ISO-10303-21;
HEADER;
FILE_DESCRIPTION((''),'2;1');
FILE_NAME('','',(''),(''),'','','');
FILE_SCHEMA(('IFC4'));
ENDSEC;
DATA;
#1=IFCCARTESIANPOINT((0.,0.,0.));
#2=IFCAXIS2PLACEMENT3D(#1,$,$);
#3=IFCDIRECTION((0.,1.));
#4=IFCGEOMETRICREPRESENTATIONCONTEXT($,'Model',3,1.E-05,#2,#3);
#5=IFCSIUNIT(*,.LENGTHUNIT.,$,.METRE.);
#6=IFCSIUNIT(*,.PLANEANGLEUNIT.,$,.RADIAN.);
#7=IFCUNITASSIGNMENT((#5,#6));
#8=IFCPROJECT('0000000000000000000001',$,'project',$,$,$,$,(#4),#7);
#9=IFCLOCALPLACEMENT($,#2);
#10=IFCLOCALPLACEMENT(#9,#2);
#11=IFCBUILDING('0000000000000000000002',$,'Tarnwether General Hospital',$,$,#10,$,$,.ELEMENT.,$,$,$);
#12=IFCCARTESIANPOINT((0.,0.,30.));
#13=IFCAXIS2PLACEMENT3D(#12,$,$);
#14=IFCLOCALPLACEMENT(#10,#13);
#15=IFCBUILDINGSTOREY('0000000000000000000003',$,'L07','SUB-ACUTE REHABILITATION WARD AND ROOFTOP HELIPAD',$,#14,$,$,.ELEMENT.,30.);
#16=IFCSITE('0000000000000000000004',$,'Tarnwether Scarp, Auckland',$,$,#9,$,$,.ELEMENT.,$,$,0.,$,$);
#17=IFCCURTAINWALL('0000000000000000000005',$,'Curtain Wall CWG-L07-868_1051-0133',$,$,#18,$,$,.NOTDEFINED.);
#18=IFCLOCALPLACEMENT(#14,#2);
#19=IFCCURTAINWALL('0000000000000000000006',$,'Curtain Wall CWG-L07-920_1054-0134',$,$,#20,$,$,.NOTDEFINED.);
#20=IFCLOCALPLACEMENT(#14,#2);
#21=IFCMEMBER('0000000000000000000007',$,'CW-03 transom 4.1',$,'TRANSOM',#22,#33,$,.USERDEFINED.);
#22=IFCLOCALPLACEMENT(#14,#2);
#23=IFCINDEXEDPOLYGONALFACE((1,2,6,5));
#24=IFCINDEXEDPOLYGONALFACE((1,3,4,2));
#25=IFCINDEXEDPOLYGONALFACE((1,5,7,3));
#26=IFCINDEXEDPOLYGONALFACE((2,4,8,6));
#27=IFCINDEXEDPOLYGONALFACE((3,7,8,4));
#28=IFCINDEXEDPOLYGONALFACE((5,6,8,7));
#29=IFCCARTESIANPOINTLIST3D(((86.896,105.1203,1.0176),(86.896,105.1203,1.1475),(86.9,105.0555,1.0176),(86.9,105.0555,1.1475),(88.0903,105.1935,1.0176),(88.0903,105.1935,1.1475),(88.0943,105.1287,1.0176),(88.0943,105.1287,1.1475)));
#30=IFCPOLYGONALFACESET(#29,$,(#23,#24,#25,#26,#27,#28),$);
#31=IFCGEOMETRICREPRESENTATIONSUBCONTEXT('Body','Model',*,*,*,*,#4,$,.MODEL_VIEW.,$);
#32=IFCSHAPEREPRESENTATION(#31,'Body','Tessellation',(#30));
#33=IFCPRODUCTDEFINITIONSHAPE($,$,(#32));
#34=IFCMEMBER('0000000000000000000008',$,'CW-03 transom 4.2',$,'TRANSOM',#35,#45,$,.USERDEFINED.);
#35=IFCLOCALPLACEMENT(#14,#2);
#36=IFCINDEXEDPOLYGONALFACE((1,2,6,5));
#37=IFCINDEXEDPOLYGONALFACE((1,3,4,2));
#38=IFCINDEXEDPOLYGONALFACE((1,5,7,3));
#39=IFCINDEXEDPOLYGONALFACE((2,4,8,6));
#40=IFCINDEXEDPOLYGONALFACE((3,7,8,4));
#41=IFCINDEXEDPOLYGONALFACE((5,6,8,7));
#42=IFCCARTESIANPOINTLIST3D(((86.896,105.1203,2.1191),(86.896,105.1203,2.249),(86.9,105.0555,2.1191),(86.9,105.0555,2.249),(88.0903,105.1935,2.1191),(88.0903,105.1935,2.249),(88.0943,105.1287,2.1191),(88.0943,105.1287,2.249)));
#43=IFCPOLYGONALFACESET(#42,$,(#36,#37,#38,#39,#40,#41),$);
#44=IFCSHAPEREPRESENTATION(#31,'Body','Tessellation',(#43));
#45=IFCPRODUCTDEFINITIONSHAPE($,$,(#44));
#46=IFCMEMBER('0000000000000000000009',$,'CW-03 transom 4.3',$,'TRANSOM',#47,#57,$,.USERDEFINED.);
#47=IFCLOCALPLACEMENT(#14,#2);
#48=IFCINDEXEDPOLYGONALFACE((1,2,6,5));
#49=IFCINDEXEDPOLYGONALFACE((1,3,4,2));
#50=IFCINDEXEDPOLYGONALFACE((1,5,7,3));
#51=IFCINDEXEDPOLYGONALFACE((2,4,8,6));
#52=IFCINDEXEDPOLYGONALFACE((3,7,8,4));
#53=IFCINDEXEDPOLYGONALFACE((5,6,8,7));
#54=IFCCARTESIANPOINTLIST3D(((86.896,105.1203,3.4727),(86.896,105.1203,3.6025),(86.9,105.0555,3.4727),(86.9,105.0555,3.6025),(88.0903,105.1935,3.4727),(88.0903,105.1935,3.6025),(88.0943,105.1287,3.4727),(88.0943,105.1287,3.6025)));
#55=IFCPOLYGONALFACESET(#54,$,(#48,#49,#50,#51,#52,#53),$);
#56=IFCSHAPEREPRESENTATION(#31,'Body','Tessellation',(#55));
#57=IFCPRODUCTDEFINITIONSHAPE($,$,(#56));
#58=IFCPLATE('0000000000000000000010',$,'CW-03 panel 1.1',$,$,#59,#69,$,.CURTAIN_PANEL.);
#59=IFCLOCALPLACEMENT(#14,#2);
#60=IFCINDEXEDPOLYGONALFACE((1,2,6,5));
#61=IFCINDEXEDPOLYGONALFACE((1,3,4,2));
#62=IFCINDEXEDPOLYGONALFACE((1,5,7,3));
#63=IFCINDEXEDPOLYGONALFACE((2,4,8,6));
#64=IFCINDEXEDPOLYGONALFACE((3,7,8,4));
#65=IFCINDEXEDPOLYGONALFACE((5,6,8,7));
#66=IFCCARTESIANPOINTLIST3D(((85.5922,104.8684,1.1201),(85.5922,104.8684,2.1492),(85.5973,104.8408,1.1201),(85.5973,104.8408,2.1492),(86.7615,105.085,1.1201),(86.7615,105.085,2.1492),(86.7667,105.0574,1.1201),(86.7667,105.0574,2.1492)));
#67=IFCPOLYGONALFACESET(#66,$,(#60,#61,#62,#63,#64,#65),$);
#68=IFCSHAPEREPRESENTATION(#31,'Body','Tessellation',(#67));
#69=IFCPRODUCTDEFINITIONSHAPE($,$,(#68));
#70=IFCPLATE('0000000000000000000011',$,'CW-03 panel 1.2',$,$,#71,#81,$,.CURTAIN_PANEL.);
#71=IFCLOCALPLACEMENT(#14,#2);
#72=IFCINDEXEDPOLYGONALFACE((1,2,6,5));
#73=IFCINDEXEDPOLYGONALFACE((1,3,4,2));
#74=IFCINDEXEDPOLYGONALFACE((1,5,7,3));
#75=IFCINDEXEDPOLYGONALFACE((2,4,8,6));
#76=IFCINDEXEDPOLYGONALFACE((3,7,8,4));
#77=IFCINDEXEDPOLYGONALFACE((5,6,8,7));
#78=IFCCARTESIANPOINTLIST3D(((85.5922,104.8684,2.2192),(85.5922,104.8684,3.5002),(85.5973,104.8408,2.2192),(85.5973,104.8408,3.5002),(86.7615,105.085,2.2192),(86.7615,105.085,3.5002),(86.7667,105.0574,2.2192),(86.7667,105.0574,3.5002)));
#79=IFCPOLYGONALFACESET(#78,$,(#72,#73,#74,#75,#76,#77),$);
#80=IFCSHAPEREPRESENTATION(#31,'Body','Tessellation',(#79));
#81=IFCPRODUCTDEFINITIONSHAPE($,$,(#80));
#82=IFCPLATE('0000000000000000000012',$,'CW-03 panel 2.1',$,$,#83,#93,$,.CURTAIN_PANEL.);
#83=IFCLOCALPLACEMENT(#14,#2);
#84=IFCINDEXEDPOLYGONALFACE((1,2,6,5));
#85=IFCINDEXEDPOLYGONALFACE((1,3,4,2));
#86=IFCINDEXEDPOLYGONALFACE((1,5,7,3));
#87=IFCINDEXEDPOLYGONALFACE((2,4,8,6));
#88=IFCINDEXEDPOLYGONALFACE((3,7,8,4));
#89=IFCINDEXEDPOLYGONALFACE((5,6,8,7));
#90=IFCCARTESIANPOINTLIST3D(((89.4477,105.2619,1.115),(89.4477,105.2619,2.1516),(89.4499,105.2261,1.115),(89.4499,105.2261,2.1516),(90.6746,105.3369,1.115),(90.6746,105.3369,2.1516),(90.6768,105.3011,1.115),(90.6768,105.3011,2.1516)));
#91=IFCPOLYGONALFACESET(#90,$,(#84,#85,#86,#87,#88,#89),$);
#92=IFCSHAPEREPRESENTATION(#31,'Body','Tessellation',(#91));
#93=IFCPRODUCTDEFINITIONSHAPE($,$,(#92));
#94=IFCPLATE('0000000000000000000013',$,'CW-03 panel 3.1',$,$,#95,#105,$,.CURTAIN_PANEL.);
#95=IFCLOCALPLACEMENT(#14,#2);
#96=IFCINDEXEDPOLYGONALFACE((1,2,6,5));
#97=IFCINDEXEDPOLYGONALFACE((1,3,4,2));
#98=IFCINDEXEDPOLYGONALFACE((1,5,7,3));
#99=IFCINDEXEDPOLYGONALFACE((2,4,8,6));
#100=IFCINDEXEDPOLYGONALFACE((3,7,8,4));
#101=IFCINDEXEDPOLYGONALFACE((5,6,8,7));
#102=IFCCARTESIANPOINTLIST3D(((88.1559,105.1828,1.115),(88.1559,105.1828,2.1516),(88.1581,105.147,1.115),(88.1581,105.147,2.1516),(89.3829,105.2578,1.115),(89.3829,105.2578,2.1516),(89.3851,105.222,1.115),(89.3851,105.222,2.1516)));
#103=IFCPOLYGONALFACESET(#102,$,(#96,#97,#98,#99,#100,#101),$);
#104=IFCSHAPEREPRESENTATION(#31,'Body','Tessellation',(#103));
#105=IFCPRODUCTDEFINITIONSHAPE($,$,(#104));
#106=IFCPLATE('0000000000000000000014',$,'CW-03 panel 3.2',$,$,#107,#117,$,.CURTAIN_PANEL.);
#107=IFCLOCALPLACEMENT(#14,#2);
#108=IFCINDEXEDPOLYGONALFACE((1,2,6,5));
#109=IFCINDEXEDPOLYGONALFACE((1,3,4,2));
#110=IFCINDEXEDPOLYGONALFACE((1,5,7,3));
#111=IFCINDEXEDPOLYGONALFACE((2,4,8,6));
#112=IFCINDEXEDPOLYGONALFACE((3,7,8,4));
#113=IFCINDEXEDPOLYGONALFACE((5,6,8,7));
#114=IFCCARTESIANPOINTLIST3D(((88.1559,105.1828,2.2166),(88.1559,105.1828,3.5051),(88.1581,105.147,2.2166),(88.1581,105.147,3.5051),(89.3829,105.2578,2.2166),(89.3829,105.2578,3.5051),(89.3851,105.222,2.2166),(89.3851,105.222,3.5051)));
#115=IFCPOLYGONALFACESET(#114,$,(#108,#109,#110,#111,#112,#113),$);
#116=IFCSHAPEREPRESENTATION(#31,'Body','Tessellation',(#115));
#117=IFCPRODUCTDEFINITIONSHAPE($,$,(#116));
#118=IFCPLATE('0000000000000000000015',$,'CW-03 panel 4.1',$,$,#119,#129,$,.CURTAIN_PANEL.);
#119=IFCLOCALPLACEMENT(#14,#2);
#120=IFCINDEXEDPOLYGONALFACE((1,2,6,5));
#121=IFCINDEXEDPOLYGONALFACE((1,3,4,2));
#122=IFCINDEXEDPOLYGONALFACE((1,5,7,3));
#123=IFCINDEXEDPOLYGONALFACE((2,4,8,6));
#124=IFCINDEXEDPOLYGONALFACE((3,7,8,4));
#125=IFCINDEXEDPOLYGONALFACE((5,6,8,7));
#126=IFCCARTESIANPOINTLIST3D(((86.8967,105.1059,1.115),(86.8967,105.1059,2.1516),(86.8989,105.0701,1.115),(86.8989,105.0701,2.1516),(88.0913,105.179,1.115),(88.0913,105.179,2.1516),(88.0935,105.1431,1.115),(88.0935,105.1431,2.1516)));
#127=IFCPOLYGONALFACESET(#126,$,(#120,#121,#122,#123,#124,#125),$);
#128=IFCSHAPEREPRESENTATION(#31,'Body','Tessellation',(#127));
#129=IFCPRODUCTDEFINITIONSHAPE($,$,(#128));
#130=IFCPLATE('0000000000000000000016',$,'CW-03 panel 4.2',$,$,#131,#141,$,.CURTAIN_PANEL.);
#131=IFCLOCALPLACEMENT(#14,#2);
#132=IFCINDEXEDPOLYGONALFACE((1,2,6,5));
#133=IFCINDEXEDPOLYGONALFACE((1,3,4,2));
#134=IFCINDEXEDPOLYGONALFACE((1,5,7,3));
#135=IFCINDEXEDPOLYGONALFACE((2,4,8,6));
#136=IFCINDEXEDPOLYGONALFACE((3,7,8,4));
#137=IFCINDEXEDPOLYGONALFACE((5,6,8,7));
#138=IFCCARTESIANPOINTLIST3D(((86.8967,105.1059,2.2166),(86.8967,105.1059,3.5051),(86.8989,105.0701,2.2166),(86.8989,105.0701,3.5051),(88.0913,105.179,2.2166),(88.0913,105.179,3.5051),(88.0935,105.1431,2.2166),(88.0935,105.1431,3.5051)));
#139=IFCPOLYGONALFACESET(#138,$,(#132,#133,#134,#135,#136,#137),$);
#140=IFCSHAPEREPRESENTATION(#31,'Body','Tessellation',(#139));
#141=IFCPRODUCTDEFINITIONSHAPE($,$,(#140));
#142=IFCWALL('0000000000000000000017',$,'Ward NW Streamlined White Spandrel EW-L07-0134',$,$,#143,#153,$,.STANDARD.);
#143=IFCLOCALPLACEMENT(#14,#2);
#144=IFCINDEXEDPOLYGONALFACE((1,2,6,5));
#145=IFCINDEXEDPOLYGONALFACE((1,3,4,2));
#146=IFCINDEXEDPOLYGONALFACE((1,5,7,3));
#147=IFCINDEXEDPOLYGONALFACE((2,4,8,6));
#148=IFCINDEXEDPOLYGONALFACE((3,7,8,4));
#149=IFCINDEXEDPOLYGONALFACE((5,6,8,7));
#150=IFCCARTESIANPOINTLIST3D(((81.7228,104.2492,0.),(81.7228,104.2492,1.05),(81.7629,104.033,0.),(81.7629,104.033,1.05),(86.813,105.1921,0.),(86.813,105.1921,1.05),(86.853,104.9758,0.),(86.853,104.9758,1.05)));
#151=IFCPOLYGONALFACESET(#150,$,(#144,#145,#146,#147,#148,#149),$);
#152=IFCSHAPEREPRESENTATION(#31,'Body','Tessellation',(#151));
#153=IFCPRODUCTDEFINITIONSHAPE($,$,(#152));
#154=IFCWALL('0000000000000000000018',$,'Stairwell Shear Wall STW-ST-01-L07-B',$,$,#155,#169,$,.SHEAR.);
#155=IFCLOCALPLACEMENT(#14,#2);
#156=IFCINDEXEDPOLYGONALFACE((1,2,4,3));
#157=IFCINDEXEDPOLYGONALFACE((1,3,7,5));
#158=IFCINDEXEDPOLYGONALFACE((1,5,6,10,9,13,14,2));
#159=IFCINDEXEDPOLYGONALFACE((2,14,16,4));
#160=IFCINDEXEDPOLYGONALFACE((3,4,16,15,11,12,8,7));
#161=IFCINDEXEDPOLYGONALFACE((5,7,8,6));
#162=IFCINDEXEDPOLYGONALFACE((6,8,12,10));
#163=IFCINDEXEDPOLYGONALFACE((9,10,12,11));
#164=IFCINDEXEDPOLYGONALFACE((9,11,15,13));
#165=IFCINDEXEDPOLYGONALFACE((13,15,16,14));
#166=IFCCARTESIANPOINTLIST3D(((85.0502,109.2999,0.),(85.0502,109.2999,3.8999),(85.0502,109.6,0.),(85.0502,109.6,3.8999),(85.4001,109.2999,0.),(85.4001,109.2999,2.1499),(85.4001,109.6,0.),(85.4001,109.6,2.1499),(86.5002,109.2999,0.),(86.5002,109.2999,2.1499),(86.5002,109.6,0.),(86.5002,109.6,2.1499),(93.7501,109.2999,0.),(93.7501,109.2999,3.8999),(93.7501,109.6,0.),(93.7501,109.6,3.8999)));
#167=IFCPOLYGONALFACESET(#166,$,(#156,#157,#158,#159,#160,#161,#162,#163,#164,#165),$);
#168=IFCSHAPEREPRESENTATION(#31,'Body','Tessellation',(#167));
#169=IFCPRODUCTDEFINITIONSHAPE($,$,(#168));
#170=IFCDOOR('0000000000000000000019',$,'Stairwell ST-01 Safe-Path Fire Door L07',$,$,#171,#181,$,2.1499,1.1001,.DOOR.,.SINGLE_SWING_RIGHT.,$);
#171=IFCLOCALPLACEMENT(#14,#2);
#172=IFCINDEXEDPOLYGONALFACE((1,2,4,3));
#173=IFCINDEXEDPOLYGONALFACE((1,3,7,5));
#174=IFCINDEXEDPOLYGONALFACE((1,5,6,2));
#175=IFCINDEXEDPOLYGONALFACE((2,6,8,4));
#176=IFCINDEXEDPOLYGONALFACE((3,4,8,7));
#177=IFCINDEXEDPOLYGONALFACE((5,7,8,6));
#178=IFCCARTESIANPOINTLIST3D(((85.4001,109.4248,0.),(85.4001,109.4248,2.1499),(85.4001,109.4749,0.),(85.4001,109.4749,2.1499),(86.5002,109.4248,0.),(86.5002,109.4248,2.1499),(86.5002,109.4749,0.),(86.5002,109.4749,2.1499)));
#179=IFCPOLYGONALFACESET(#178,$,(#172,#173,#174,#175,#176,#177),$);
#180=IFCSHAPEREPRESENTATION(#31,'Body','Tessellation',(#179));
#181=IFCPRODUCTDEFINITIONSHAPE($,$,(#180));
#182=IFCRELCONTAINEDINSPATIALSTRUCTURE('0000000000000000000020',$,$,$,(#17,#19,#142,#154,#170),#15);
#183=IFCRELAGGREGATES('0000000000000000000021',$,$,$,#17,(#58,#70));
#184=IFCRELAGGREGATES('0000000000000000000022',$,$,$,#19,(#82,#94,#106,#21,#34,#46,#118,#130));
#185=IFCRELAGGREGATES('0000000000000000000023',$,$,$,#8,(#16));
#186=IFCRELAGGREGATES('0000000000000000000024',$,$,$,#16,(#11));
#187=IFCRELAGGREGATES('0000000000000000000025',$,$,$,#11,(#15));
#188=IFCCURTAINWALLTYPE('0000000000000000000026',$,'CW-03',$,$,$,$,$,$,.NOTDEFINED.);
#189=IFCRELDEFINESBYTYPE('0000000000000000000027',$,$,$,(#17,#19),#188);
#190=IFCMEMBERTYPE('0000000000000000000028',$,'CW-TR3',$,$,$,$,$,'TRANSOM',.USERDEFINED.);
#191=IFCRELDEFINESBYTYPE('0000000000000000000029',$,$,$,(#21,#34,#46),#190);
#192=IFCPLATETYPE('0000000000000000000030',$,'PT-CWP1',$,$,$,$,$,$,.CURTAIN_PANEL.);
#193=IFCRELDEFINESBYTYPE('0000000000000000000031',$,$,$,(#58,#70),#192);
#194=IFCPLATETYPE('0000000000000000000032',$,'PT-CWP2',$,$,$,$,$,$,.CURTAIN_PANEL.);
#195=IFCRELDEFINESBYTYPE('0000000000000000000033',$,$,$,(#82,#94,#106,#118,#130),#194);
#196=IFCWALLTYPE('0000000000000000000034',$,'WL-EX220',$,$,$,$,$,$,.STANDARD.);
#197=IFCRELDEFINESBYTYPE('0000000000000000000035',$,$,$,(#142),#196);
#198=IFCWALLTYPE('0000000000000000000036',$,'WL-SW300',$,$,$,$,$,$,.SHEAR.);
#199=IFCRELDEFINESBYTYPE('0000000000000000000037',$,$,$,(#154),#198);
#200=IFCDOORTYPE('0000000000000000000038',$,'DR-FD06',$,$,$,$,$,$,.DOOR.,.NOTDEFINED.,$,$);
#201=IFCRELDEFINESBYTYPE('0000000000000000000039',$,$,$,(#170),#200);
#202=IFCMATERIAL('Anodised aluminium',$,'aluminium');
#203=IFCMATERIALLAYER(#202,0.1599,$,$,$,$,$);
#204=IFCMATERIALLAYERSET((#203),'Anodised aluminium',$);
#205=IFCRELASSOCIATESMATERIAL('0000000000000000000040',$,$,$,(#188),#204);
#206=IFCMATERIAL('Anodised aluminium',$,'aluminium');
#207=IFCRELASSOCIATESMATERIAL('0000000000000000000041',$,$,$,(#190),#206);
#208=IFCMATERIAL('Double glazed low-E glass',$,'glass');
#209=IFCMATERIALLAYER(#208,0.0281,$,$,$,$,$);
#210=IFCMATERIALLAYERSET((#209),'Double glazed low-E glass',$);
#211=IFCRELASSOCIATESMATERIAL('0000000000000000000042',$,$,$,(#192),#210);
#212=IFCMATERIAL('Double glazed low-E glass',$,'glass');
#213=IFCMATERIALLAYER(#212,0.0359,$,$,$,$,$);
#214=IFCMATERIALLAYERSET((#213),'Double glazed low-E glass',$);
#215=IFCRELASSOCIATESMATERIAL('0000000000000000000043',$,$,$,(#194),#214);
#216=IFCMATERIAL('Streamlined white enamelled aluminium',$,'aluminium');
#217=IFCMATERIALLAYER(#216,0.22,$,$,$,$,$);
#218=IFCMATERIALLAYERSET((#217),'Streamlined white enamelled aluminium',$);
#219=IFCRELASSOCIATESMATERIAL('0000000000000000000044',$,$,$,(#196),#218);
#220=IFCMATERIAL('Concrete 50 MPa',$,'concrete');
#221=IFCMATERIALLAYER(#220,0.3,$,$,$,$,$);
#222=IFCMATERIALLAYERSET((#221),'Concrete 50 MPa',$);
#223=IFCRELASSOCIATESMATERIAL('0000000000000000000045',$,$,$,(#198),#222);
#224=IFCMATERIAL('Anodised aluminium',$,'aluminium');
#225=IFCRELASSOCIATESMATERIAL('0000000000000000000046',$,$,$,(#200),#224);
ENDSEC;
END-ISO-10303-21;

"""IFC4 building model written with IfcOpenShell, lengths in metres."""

from ifc_helpers import new_model, si_unit, direction, frame, frame_2d, origin, origin_2d, place, context, subcontext, project, spatial, rectangle, extrude, material, layer, layer_set, material_profile, profile_set, type_object, element, fill, aggregate, save


model = new_model("IFC4")

# Units and contexts
model_context = context("Model", 3, precision=1e-05, world=origin(), true_north=direction((0.0, 1.0)))
body_context = subcontext(model_context, "Body", "Model", "MODEL_VIEW")
ifc_project = project(units=[si_unit("LENGTHUNIT", "METRE"), si_unit("PLANEANGLEUNIT", "RADIAN")], contexts=[model_context])

# Site, building, storey
site_placement = place(None, origin())
site = spatial("IfcSite", under=ifc_project, at=site_placement, Name="Tarnwether Scarp, Auckland", CompositionType="ELEMENT", RefElevation=0.0)
building_placement = place(site_placement, origin())
building = spatial("IfcBuilding", under=site, at=building_placement, Name="Tarnwether General Hospital", CompositionType="ELEMENT")
storey_placement = place(building_placement, frame((0.0, 0.0, 30.0)))
storey = spatial("IfcBuildingStorey", under=building, at=storey_placement, Name="L07", Description="SUB-ACUTE REHABILITATION WARD AND ROOFTOP HELIPAD", CompositionType="ELEMENT", Elevation=30.0)

# Curtain wall
ifc_material_1 = material(Name="Anodised aluminium", Category="aluminium")
ifc_layer_1 = layer(ifc_material_1, 0.1599)
ifc_layer_set_1 = layer_set([ifc_layer_1], Name="Anodised aluminium")
curtain_wall_type = type_object("IfcCurtainWallType", Name="CW-03", PredefinedType="NOTDEFINED", material=ifc_layer_set_1)
curtain_wall_1_placement = place(storey_placement, origin())
curtain_wall_1 = element("IfcCurtainWall", 1, at=curtain_wall_1_placement, inside=storey, type_object=curtain_wall_type, Name="Curtain Wall CWG-L07-868_1051-0133", PredefinedType="NOTDEFINED")

# Curtain wall
curtain_wall_2_placement = place(storey_placement, origin())
curtain_wall_2 = element("IfcCurtainWall", 2, at=curtain_wall_2_placement, inside=storey, type_object=curtain_wall_type, Name="Curtain Wall CWG-L07-920_1054-0134", PredefinedType="NOTDEFINED")

# Members
ifc_material_2 = material(Name="Anodised aluminium", Category="aluminium")
ifc_material_profile_1 = material_profile(ifc_material_2, rectangle(XDim=0.0649, YDim=0.1299, at=origin_2d()), Name="ALU-TRN-65x130")
ifc_profile_set_1 = profile_set([ifc_material_profile_1], Name="Anodised aluminium")
member_type_1 = type_object("IfcMemberType", Name="CW-TR3", ElementType="TRANSOM", PredefinedType="USERDEFINED", material=ifc_profile_set_1)
member_1_placement = place(storey_placement, frame((88.0923, 105.1611, 1.0825), z_axis=(-0.998125, -0.06121, 0.0), x_axis=(0.06121, -0.998125, 0.0)))
member_1 = element("IfcMember", 3, at=member_1_placement, type_object=member_type_1, Name="CW-03 transom 4.1", ObjectType="TRANSOM", PredefinedType="USERDEFINED", context=body_context, shape_type="SweptSolid", body=[
    extrude(rectangle(XDim=0.0649, YDim=0.1299, at=origin_2d()), origin(), (0.0, 0.0, 1.0), 1.1965),
])
member_2_placement = place(storey_placement, frame((88.0923, 105.1611, 2.1841), z_axis=(-0.998125, -0.06121, 0.0), x_axis=(0.06121, -0.998125, 0.0)))
member_2 = element("IfcMember", 4, at=member_2_placement, type_object=member_type_1, Name="CW-03 transom 4.2", ObjectType="TRANSOM", PredefinedType="USERDEFINED", context=body_context, shape_type="SweptSolid", body=[
    extrude(rectangle(XDim=0.0649, YDim=0.1299, at=origin_2d()), origin(), (0.0, 0.0, 1.0), 1.1965),
])
member_3_placement = place(storey_placement, frame((88.0923, 105.1611, 3.5376), z_axis=(-0.998125, -0.06121, 0.0), x_axis=(0.06121, -0.998125, 0.0)))
member_3 = element("IfcMember", 5, at=member_3_placement, type_object=member_type_1, Name="CW-03 transom 4.3", ObjectType="TRANSOM", PredefinedType="USERDEFINED", context=body_context, shape_type="SweptSolid", body=[
    extrude(rectangle(XDim=0.0649, YDim=0.1299, at=origin_2d()), origin(), (0.0, 0.0, 1.0), 1.1965),
])

# Plates
ifc_material_3 = material(Name="Double glazed low-E glass", Category="glass")
ifc_layer_2 = layer(ifc_material_3, 0.0281)
ifc_layer_set_2 = layer_set([ifc_layer_2], Name="Double glazed low-E glass")
plate_type_1 = type_object("IfcPlateType", Name="PT-CWP1", PredefinedType="CURTAIN_PANEL", material=ifc_layer_set_2)
plate_1_placement = place(storey_placement, frame((86.1794, 104.9629, 1.1201), z_axis=(0.0, 0.0, 1.0), x_axis=(-0.983268, -0.182165, 0.0)))
plate_1 = element("IfcPlate", 6, at=plate_1_placement, type_object=plate_type_1, Name="CW-03 panel 1.1", PredefinedType="CURTAIN_PANEL", context=body_context, shape_type="SweptSolid", body=[
    extrude(rectangle(XDim=1.1892, YDim=0.0281, at=origin_2d()), origin(), (0.0, 0.0, 1.0), 1.0291),
])
plate_2_placement = place(storey_placement, frame((86.1794, 104.9629, 2.2192), z_axis=(0.0, 0.0, 1.0), x_axis=(-0.983268, -0.182165, 0.0)))
plate_2 = element("IfcPlate", 7, at=plate_2_placement, type_object=plate_type_1, Name="CW-03 panel 1.2", PredefinedType="CURTAIN_PANEL", context=body_context, shape_type="SweptSolid", body=[
    extrude(rectangle(XDim=1.1892, YDim=0.0281, at=origin_2d()), origin(), (0.0, 0.0, 1.0), 1.281),
])
aggregate(curtain_wall_1, [plate_1, plate_2])
ifc_material_4 = material(Name="Double glazed low-E glass", Category="glass")
ifc_layer_3 = layer(ifc_material_4, 0.0359)
ifc_layer_set_3 = layer_set([ifc_layer_3], Name="Double glazed low-E glass")
plate_type_2 = type_object("IfcPlateType", Name="PT-CWP2", PredefinedType="CURTAIN_PANEL", material=ifc_layer_set_3)
plate_3_placement = place(storey_placement, frame((90.0623, 105.2815, 1.115), z_axis=(0.0, 0.0, 1.0), x_axis=(-0.998135, -0.061043, 0.0)))
plate_3 = element("IfcPlate", 8, at=plate_3_placement, type_object=plate_type_2, Name="CW-03 panel 2.1", PredefinedType="CURTAIN_PANEL", context=body_context, shape_type="SweptSolid", body=[
    extrude(rectangle(XDim=1.2292, YDim=0.0359, at=origin_2d()), origin(), (0.0, 0.0, 1.0), 1.0366),
])
plate_4_placement = place(storey_placement, frame((88.7705, 105.2024, 1.115), z_axis=(0.0, 0.0, 1.0), x_axis=(-0.998135, -0.061043, 0.0)))
plate_4 = element("IfcPlate", 9, at=plate_4_placement, type_object=plate_type_2, Name="CW-03 panel 3.1", PredefinedType="CURTAIN_PANEL", context=body_context, shape_type="SweptSolid", body=[
    extrude(rectangle(XDim=1.2292, YDim=0.0359, at=origin_2d()), origin(), (0.0, 0.0, 1.0), 1.0366),
])
plate_5_placement = place(storey_placement, frame((88.7705, 105.2024, 2.2166), z_axis=(0.0, 0.0, 1.0), x_axis=(-0.998135, -0.061043, 0.0)))
plate_5 = element("IfcPlate", 10, at=plate_5_placement, type_object=plate_type_2, Name="CW-03 panel 3.2", PredefinedType="CURTAIN_PANEL", context=body_context, shape_type="SweptSolid", body=[
    extrude(rectangle(XDim=1.2292, YDim=0.0359, at=origin_2d()), origin(), (0.0, 0.0, 1.0), 1.2886),
])
plate_6_placement = place(storey_placement, frame((87.4951, 105.1245, 1.115), z_axis=(0.0, 0.0, 1.0), x_axis=(-0.998135, -0.061043, 0.0)))
plate_6 = element("IfcPlate", 11, at=plate_6_placement, type_object=plate_type_2, Name="CW-03 panel 4.1", PredefinedType="CURTAIN_PANEL", context=body_context, shape_type="SweptSolid", body=[
    extrude(rectangle(XDim=1.1968, YDim=0.0359, at=origin_2d()), origin(), (0.0, 0.0, 1.0), 1.0366),
])
plate_7_placement = place(storey_placement, frame((87.4951, 105.1245, 2.2166), z_axis=(0.0, 0.0, 1.0), x_axis=(-0.998135, -0.061043, 0.0)))
plate_7 = element("IfcPlate", 12, at=plate_7_placement, type_object=plate_type_2, Name="CW-03 panel 4.2", PredefinedType="CURTAIN_PANEL", context=body_context, shape_type="SweptSolid", body=[
    extrude(rectangle(XDim=1.1968, YDim=0.0359, at=origin_2d()), origin(), (0.0, 0.0, 1.0), 1.2886),
])
aggregate(curtain_wall_2, [plate_3, plate_4, plate_5, member_1, member_2, member_3, plate_6, plate_7])

# Wall
ifc_material_5 = material(Name="Streamlined white enamelled aluminium", Category="aluminium")
ifc_layer_4 = layer(ifc_material_5, 0.22)
ifc_layer_set_4 = layer_set([ifc_layer_4], Name="Streamlined white enamelled aluminium")
wall_type_1 = type_object("IfcWallType", Name="WL-EX220", PredefinedType="STANDARD", material=ifc_layer_set_4)
wall_1_placement = place(storey_placement, frame((86.833, 105.084, 0.0), z_axis=(0.0, 0.0, 1.0), x_axis=(-0.983273, -0.182138, 0.0)))
element("IfcWall", 13, at=wall_1_placement, inside=storey, type_object=wall_type_1, Name="Ward NW Streamlined White Spandrel EW-L07-0134", PredefinedType="STANDARD", context=body_context, shape_type="SweptSolid", body=[
    extrude(rectangle(XDim=5.1768, YDim=0.22, at=frame_2d((2.5884, 0.0))), origin(), (0.0, 0.0, 1.0), 1.05),
])

# Wall, opening, door
ifc_material_6 = material(Name="Concrete 50 MPa", Category="concrete")
ifc_layer_5 = layer(ifc_material_6, 0.3)
ifc_layer_set_5 = layer_set([ifc_layer_5], Name="Concrete 50 MPa")
wall_type_2 = type_object("IfcWallType", Name="WL-SW300", PredefinedType="SHEAR", material=ifc_layer_set_5)
wall_2_placement = place(storey_placement, frame((85.05, 109.45, 0.0), z_axis=(0.0, 0.0, 1.0), x_axis=(1.0, 0.0, 0.0)))
wall_2 = element("IfcWall", 14, at=wall_2_placement, inside=storey, type_object=wall_type_2, Name="Stairwell Shear Wall STW-ST-01-L07-B", PredefinedType="SHEAR", context=body_context, shape_type="SweptSolid", body=[
    extrude(rectangle(XDim=8.7, YDim=0.3, at=frame_2d((4.3501, 0.0))), origin(), (0.0, 0.0, 1.0), 3.8999),
])
opening_1_placement = place(wall_2_placement, frame((0.3501, 0.0, 0.0)))
opening_1 = element("IfcOpeningElement", 15, at=opening_1_placement, cuts=wall_2, PredefinedType="OPENING", context=body_context, shape_type="SweptSolid", body=[
    extrude(rectangle(XDim=1.1001, YDim=2.1499, at=frame_2d((0.55, 1.075))), frame((0.0, 0.1602, 0.0), z_axis=(0.0, -1.0, 0.0), x_axis=(1.0, 0.0, 0.0)), (0.0, 0.0, 1.0), 0.3201),
])
ifc_material_7 = material(Name="Anodised aluminium", Category="aluminium")
door_type_1 = type_object("IfcDoorType", Name="DR-FD06", OperationType="NOTDEFINED", PredefinedType="DOOR", material=ifc_material_7)
door_1_placement = place(opening_1_placement, origin())
door_1 = element("IfcDoor", 16, at=door_1_placement, inside=storey, type_object=door_type_1, Name="Stairwell ST-01 Safe-Path Fire Door L07", OperationType="SINGLE_SWING_RIGHT", OverallHeight=2.1499, OverallWidth=1.1001, PredefinedType="DOOR", context=body_context, shape_type="SweptSolid", body=[
    extrude(rectangle(XDim=1.1001, YDim=2.1499, at=frame_2d((0.55, 1.075))), frame((0.0, 0.0249, 0.0), z_axis=(0.0, -1.0, 0.0), x_axis=(1.0, 0.0, 0.0)), (0.0, 0.0, 1.0), 0.05),
])
fill(opening_1, door_1)

save(model, "model.ifc")
